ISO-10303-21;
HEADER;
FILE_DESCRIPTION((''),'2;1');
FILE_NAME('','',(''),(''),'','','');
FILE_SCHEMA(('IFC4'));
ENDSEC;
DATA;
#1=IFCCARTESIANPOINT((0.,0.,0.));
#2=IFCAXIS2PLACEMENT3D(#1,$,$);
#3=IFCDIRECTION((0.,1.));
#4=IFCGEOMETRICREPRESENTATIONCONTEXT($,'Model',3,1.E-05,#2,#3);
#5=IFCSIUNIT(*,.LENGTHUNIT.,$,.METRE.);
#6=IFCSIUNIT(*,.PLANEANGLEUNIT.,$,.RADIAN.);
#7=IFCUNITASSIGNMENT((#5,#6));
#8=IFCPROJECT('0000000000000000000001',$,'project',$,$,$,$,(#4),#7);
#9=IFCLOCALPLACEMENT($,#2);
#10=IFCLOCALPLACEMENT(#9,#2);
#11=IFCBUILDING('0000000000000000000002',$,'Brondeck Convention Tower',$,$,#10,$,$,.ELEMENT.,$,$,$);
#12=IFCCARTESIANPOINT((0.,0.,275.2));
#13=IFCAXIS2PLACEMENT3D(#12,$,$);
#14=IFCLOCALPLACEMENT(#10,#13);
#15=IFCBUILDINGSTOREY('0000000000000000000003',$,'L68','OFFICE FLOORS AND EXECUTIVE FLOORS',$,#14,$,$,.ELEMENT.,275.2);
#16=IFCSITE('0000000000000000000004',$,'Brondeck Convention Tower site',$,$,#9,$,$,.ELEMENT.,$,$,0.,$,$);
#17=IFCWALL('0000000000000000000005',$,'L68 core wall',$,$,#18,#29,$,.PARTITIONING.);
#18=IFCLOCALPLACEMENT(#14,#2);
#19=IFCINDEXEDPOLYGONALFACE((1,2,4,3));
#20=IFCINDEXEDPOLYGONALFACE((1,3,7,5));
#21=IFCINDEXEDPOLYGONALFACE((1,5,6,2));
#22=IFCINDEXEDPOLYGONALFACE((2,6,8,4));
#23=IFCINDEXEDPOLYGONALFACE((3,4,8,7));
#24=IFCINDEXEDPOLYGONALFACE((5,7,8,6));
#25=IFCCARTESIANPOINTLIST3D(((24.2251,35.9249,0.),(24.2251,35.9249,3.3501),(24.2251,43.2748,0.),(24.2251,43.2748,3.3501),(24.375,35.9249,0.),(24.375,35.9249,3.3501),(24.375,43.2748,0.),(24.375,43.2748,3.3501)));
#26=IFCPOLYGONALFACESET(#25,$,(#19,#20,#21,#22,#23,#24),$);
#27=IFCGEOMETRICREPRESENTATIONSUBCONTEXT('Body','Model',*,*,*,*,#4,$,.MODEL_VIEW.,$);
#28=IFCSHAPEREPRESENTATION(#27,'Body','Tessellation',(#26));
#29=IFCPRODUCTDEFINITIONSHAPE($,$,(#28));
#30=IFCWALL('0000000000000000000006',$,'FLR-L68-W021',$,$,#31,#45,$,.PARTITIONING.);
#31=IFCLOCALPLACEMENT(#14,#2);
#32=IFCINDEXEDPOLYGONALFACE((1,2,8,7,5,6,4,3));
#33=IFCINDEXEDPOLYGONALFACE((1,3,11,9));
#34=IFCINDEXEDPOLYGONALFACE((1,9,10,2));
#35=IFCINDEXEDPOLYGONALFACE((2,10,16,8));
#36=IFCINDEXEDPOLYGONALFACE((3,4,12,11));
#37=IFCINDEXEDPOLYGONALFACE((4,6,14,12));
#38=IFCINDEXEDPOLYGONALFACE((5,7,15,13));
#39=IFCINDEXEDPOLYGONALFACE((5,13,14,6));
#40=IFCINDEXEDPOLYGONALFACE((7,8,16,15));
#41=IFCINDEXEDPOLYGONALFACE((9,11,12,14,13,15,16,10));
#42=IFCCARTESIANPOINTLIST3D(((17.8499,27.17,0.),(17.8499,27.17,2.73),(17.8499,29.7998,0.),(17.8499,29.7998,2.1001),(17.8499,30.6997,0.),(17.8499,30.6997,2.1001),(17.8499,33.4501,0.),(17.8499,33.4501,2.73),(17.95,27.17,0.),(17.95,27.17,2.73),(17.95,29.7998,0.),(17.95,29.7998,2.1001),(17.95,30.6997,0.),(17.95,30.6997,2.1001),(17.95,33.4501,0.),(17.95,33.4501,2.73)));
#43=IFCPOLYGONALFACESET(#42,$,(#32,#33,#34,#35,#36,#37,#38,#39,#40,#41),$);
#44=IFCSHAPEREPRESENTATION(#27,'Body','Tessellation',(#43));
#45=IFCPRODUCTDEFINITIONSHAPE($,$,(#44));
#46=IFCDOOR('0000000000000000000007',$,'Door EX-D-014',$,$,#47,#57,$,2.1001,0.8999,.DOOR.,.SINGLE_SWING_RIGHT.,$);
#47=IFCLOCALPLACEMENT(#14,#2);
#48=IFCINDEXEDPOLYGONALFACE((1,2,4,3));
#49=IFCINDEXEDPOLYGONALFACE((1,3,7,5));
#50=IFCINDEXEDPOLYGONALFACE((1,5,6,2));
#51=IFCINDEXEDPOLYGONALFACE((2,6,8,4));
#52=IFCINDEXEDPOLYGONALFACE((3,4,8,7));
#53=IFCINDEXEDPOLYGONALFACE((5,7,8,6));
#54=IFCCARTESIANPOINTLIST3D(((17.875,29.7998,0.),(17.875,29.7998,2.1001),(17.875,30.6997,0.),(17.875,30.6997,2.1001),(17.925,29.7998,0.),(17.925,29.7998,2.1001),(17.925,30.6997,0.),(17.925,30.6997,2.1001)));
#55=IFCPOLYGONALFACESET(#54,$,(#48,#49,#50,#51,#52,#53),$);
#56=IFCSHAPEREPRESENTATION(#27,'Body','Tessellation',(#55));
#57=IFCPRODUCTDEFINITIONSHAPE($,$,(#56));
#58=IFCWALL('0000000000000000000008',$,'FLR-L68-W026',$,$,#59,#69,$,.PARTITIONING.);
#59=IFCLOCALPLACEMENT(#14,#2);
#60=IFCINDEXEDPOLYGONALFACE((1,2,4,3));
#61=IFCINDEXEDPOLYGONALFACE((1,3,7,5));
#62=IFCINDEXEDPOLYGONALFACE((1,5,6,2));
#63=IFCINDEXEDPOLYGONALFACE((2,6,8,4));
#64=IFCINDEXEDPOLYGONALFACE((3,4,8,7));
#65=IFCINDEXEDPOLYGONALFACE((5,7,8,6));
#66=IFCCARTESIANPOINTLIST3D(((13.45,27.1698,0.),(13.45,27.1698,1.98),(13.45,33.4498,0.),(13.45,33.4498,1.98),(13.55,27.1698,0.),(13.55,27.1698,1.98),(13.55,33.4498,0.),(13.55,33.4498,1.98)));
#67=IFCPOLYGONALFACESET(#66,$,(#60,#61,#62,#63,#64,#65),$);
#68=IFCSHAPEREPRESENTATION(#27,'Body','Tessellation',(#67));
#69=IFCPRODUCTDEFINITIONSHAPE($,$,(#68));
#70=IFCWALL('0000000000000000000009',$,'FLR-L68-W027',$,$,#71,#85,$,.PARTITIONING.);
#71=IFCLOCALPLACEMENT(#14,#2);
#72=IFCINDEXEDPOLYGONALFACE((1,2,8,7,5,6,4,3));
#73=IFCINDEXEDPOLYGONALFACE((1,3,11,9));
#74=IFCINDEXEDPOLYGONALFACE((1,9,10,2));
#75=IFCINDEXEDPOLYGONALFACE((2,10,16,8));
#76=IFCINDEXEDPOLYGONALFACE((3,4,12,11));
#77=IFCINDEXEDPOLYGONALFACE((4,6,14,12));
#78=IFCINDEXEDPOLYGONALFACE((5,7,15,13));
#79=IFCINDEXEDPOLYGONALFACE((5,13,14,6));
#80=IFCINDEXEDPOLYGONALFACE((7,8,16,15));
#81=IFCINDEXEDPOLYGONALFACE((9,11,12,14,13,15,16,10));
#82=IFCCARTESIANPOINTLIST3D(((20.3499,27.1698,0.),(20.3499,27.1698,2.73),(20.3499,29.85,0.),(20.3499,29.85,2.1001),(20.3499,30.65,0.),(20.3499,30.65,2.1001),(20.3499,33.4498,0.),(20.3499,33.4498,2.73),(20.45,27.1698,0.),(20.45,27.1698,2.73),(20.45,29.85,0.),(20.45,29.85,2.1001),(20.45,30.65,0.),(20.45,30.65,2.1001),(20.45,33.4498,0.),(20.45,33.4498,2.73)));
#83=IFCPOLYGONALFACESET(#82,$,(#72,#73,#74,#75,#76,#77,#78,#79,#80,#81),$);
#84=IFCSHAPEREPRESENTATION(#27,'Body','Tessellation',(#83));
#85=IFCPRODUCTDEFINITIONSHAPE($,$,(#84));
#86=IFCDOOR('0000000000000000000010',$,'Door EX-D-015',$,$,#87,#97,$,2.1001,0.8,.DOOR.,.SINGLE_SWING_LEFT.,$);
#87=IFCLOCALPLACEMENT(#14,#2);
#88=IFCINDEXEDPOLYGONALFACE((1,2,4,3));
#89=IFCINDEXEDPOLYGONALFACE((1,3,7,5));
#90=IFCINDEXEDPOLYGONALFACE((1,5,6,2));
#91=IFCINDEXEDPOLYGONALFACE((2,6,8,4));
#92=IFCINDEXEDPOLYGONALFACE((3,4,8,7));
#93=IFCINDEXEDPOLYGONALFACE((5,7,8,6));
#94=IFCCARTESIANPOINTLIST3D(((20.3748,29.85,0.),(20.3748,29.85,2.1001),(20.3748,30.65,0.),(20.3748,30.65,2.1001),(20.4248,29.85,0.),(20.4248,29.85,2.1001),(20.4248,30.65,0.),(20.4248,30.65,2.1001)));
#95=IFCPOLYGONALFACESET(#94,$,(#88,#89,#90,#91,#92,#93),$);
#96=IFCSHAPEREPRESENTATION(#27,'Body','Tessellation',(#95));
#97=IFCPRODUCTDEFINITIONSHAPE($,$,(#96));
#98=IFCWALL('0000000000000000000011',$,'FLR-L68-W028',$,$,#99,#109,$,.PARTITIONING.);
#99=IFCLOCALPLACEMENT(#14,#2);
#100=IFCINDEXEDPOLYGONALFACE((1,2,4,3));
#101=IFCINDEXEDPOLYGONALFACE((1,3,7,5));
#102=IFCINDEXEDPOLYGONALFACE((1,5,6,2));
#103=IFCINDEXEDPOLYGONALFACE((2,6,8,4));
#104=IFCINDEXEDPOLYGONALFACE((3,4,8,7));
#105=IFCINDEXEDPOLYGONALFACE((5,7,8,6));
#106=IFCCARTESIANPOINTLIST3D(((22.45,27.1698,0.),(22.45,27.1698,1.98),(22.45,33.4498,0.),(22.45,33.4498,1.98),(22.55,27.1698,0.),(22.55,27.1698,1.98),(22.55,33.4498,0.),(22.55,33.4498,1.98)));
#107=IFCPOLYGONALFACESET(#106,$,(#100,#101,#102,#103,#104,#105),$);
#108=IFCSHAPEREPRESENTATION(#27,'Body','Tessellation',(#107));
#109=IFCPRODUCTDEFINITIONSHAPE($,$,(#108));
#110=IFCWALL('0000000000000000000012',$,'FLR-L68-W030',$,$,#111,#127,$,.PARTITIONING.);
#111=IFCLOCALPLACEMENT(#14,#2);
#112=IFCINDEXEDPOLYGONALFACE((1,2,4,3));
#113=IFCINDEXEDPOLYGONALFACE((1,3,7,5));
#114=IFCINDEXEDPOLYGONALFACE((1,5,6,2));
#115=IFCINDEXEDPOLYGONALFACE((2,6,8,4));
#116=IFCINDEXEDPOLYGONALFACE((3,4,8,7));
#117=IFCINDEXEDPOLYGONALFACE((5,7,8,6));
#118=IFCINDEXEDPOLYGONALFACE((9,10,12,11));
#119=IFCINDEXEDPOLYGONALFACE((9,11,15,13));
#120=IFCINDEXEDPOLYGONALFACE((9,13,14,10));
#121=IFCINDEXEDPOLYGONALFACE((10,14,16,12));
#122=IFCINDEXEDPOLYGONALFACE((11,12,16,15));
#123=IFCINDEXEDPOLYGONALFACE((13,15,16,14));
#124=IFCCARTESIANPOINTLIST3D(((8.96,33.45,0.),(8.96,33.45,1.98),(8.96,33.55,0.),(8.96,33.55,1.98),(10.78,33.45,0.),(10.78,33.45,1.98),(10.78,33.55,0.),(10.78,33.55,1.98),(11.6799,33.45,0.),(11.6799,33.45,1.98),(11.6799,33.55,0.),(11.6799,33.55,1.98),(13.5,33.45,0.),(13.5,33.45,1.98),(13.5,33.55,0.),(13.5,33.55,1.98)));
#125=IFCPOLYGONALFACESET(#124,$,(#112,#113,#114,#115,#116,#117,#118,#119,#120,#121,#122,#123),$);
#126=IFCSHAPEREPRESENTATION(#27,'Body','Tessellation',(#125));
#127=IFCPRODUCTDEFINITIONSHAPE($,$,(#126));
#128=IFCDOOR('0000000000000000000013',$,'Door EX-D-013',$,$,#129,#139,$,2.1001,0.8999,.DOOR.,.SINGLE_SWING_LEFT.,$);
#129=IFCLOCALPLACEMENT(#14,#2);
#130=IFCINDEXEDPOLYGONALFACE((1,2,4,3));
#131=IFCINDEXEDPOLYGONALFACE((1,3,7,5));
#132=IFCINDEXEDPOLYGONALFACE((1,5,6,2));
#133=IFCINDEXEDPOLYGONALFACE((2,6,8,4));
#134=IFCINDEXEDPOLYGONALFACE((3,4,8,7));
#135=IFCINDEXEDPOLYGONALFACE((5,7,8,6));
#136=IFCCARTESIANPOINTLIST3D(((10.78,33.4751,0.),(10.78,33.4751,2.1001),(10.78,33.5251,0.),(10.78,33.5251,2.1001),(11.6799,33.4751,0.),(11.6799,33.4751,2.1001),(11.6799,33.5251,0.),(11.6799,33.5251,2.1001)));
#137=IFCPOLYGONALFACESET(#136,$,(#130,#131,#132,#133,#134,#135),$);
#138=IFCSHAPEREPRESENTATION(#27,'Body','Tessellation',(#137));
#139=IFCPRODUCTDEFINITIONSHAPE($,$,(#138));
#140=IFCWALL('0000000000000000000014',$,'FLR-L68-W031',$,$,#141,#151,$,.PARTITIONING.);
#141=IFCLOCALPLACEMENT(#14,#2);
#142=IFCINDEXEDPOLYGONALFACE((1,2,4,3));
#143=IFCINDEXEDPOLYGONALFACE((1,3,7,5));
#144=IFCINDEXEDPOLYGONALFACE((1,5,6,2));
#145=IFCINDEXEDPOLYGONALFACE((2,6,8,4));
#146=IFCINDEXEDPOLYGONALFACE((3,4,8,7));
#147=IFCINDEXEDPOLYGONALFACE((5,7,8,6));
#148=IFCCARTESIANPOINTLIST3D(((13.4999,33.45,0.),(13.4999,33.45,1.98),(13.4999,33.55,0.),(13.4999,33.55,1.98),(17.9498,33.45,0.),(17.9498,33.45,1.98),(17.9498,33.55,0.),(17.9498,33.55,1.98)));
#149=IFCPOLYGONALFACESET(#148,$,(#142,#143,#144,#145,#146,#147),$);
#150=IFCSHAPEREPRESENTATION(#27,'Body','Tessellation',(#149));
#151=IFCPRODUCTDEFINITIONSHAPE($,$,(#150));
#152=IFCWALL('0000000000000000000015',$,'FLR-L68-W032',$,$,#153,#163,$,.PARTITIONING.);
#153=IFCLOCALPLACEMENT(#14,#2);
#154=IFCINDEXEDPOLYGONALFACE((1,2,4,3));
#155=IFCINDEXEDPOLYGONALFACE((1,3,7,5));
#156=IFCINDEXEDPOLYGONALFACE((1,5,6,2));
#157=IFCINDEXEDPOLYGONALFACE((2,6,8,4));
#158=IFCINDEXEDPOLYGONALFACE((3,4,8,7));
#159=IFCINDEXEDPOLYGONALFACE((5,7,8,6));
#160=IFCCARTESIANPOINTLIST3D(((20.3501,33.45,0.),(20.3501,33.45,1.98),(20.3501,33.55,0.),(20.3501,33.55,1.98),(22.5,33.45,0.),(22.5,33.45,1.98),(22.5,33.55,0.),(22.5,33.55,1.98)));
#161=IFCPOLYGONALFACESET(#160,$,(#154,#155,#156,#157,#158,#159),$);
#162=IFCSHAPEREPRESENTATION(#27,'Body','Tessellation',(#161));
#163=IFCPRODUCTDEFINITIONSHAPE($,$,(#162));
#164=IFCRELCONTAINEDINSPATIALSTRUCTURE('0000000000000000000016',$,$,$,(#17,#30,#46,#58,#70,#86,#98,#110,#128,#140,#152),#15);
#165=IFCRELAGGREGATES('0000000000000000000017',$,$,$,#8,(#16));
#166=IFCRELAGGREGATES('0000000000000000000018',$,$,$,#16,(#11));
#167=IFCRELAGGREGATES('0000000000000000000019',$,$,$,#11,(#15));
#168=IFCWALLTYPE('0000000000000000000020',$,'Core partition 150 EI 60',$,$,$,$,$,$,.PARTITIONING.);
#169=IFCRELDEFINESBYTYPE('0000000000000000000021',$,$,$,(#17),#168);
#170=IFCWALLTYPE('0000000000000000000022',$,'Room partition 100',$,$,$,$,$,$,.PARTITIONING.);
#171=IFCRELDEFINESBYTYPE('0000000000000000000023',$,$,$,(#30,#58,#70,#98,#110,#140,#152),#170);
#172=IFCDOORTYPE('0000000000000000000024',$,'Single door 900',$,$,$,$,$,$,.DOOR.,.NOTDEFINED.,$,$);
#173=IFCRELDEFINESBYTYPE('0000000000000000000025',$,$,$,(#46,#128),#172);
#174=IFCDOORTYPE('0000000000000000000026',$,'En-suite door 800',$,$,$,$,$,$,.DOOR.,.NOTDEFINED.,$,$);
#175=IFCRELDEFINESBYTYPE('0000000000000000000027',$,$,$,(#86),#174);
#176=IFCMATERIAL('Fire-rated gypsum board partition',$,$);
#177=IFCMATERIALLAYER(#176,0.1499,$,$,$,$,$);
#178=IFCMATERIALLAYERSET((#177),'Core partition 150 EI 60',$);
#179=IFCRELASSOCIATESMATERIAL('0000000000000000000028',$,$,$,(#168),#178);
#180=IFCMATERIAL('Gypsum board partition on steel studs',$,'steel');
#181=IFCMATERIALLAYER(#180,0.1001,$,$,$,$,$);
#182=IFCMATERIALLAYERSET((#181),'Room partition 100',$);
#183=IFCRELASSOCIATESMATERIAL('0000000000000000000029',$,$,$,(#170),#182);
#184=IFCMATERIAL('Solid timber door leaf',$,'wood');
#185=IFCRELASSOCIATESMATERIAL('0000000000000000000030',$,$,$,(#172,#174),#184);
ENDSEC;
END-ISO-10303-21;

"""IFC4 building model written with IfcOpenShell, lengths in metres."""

from ifc_helpers import new_model, si_unit, direction, frame, frame_2d, origin, place, context, subcontext, project, spatial, rectangle, extrude, material, layer, layer_set, type_object, element, fill, save


model = new_model("IFC4")

# Units and contexts
model_context = context("Model", 3, precision=1e-05, world=origin(), true_north=direction((0.0, 1.0)))
body_context = subcontext(model_context, "Body", "Model", "MODEL_VIEW")
ifc_project = project(units=[si_unit("LENGTHUNIT", "METRE"), si_unit("PLANEANGLEUNIT", "RADIAN")], contexts=[model_context])

# Site, building, storey
site_placement = place(None, origin())
site = spatial("IfcSite", under=ifc_project, at=site_placement, Name="Brondeck Convention Tower site", CompositionType="ELEMENT", RefElevation=0.0)
building_placement = place(site_placement, origin())
building = spatial("IfcBuilding", under=site, at=building_placement, Name="Brondeck Convention Tower", CompositionType="ELEMENT")
storey_placement = place(building_placement, frame((0.0, 0.0, 275.2)))
storey = spatial("IfcBuildingStorey", under=building, at=storey_placement, Name="L68", Description="OFFICE FLOORS AND EXECUTIVE FLOORS", CompositionType="ELEMENT", Elevation=275.2)

# Wall
ifc_material_1 = material(Name="Fire-rated gypsum board partition")
ifc_layer_1 = layer(ifc_material_1, 0.1499)
ifc_layer_set_1 = layer_set([ifc_layer_1], Name="Core partition 150 EI 60")
wall_type_1 = type_object("IfcWallType", Name="Core partition 150 EI 60", PredefinedType="PARTITIONING", material=ifc_layer_set_1)
wall_1_placement = place(storey_placement, frame((24.3, 35.925, 0.0), z_axis=(0.0, 0.0, 1.0), x_axis=(0.0, 1.0, 0.0)))
element("IfcWall", 1, at=wall_1_placement, inside=storey, type_object=wall_type_1, Name="L68 core wall", PredefinedType="PARTITIONING", context=body_context, shape_type="SweptSolid", body=[
    extrude(rectangle(XDim=7.3499, YDim=0.1499, at=frame_2d((3.6748, 0.0))), origin(), (0.0, 0.0, 1.0), 3.3501),
])

# Wall, opening, door
ifc_material_2 = material(Name="Gypsum board partition on steel studs", Category="steel")
ifc_layer_2 = layer(ifc_material_2, 0.1001)
ifc_layer_set_2 = layer_set([ifc_layer_2], Name="Room partition 100")
wall_type_2 = type_object("IfcWallType", Name="Room partition 100", PredefinedType="PARTITIONING", material=ifc_layer_set_2)
wall_2_placement = place(storey_placement, frame((17.8999, 27.1699, 0.0), z_axis=(0.0, 0.0, 1.0), x_axis=(0.0, 1.0, 0.0)))
wall_2 = element("IfcWall", 2, at=wall_2_placement, inside=storey, type_object=wall_type_2, Name="FLR-L68-W021", PredefinedType="PARTITIONING", context=body_context, shape_type="SweptSolid", body=[
    extrude(rectangle(XDim=6.28, YDim=0.1001, at=frame_2d((3.1401, 0.0))), origin(), (0.0, 0.0, 1.0), 2.73),
])
opening_1_placement = place(wall_2_placement, frame((2.6299, 0.0, 0.0)))
opening_1 = element("IfcOpeningElement", 3, at=opening_1_placement, cuts=wall_2, PredefinedType="OPENING", context=body_context, shape_type="SweptSolid", body=[
    extrude(rectangle(XDim=0.8999, YDim=2.1001, at=frame_2d((0.45, 1.05))), frame((0.0, 0.0601, 0.0), z_axis=(0.0, -1.0, 0.0), x_axis=(1.0, 0.0, 0.0)), (0.0, 0.0, 1.0), 0.1201),
])
ifc_material_3 = material(Name="Solid timber door leaf", Category="wood")
door_type_1 = type_object("IfcDoorType", Name="Single door 900", OperationType="NOTDEFINED", PredefinedType="DOOR", material=ifc_material_3)
door_1_placement = place(opening_1_placement, origin())
door_1 = element("IfcDoor", 4, at=door_1_placement, inside=storey, type_object=door_type_1, Name="Door EX-D-014", OperationType="SINGLE_SWING_RIGHT", OverallHeight=2.1001, OverallWidth=0.8999, PredefinedType="DOOR", context=body_context, shape_type="SweptSolid", body=[
    extrude(rectangle(XDim=0.8999, YDim=2.1001, at=frame_2d((0.45, 1.05))), frame((0.0, 0.0249, 0.0), z_axis=(0.0, -1.0, 0.0), x_axis=(1.0, 0.0, 0.0)), (0.0, 0.0, 1.0), 0.05),
])
fill(opening_1, door_1)

# Wall
wall_3_placement = place(storey_placement, frame((13.5, 33.45, 0.0), z_axis=(0.0, 0.0, 1.0), x_axis=(0.0, -1.0, 0.0)))
element("IfcWall", 5, at=wall_3_placement, inside=storey, type_object=wall_type_2, Name="FLR-L68-W026", PredefinedType="PARTITIONING", context=body_context, shape_type="SweptSolid", body=[
    extrude(rectangle(XDim=6.28, YDim=0.1001, at=frame_2d((3.1401, 0.0))), origin(), (0.0, 0.0, 1.0), 1.98),
])

# Wall, opening, door
wall_4_placement = place(storey_placement, frame((20.3999, 33.45, 0.0), z_axis=(0.0, 0.0, 1.0), x_axis=(0.0, -1.0, 0.0)))
wall_4 = element("IfcWall", 6, at=wall_4_placement, inside=storey, type_object=wall_type_2, Name="FLR-L68-W027", PredefinedType="PARTITIONING", context=body_context, shape_type="SweptSolid", body=[
    extrude(rectangle(XDim=6.28, YDim=0.1001, at=frame_2d((3.1401, 0.0))), origin(), (0.0, 0.0, 1.0), 2.73),
])
opening_2_placement = place(wall_4_placement, frame((2.8, 0.0, 0.0)))
opening_2 = element("IfcOpeningElement", 7, at=opening_2_placement, cuts=wall_4, PredefinedType="OPENING", context=body_context, shape_type="SweptSolid", body=[
    extrude(rectangle(XDim=0.8, YDim=2.1001, at=frame_2d((0.3999, 1.05))), frame((0.0, 0.0601, 0.0), z_axis=(0.0, -1.0, 0.0), x_axis=(1.0, 0.0, 0.0)), (0.0, 0.0, 1.0), 0.1201),
])
door_type_2 = type_object("IfcDoorType", Name="En-suite door 800", OperationType="NOTDEFINED", PredefinedType="DOOR", material=ifc_material_3)
door_2_placement = place(opening_2_placement, origin())
door_2 = element("IfcDoor", 8, at=door_2_placement, inside=storey, type_object=door_type_2, Name="Door EX-D-015", OperationType="SINGLE_SWING_LEFT", OverallHeight=2.1001, OverallWidth=0.8, PredefinedType="DOOR", context=body_context, shape_type="SweptSolid", body=[
    extrude(rectangle(XDim=0.8, YDim=2.1001, at=frame_2d((0.3999, 1.05))), frame((0.0, 0.0249, 0.0), z_axis=(0.0, -1.0, 0.0), x_axis=(1.0, 0.0, 0.0)), (0.0, 0.0, 1.0), 0.05),
])
fill(opening_2, door_2)

# Wall
wall_5_placement = place(storey_placement, frame((22.5, 33.45, 0.0), z_axis=(0.0, 0.0, 1.0), x_axis=(0.0, -1.0, 0.0)))
element("IfcWall", 9, at=wall_5_placement, inside=storey, type_object=wall_type_2, Name="FLR-L68-W028", PredefinedType="PARTITIONING", context=body_context, shape_type="SweptSolid", body=[
    extrude(rectangle(XDim=6.28, YDim=0.1001, at=frame_2d((3.1401, 0.0))), origin(), (0.0, 0.0, 1.0), 1.98),
])

# Wall, opening, door
wall_6_placement = place(storey_placement, frame((13.5, 33.5, 0.0), z_axis=(0.0, 0.0, 1.0), x_axis=(-1.0, 0.0, 0.0)))
wall_6 = element("IfcWall", 10, at=wall_6_placement, inside=storey, type_object=wall_type_2, Name="FLR-L68-W030", PredefinedType="PARTITIONING", context=body_context, shape_type="SweptSolid", body=[
    extrude(rectangle(XDim=4.54, YDim=0.1001, at=frame_2d((2.27, 0.0))), origin(), (0.0, 0.0, 1.0), 1.98),
])
opening_3_placement = place(wall_6_placement, frame((1.8201, 0.0, 0.0)))
opening_3 = element("IfcOpeningElement", 11, at=opening_3_placement, cuts=wall_6, PredefinedType="OPENING", context=body_context, shape_type="SweptSolid", body=[
    extrude(rectangle(XDim=0.8999, YDim=2.1001, at=frame_2d((0.45, 1.05))), frame((0.0, 0.0601, 0.0), z_axis=(0.0, -1.0, 0.0), x_axis=(1.0, 0.0, 0.0)), (0.0, 0.0, 1.0), 0.1201),
])
door_3_placement = place(opening_3_placement, origin())
door_3 = element("IfcDoor", 12, at=door_3_placement, inside=storey, type_object=door_type_1, Name="Door EX-D-013", OperationType="SINGLE_SWING_LEFT", OverallHeight=2.1001, OverallWidth=0.8999, PredefinedType="DOOR", context=body_context, shape_type="SweptSolid", body=[
    extrude(rectangle(XDim=0.8999, YDim=2.1001, at=frame_2d((0.45, 1.05))), frame((0.0, 0.0249, 0.0), z_axis=(0.0, -1.0, 0.0), x_axis=(1.0, 0.0, 0.0)), (0.0, 0.0, 1.0), 0.05),
])
fill(opening_3, door_3)

# Walls
wall_7_placement = place(storey_placement, frame((17.95, 33.5, 0.0), z_axis=(0.0, 0.0, 1.0), x_axis=(-1.0, 0.0, 0.0)))
element("IfcWall", 13, at=wall_7_placement, inside=storey, type_object=wall_type_2, Name="FLR-L68-W031", PredefinedType="PARTITIONING", context=body_context, shape_type="SweptSolid", body=[
    extrude(rectangle(XDim=4.45, YDim=0.1001, at=frame_2d((2.2251, 0.0))), origin(), (0.0, 0.0, 1.0), 1.98),
])
wall_8_placement = place(storey_placement, frame((22.5, 33.5, 0.0), z_axis=(0.0, 0.0, 1.0), x_axis=(-1.0, 0.0, 0.0)))
element("IfcWall", 14, at=wall_8_placement, inside=storey, type_object=wall_type_2, Name="FLR-L68-W032", PredefinedType="PARTITIONING", context=body_context, shape_type="SweptSolid", body=[
    extrude(rectangle(XDim=2.1499, YDim=0.1001, at=frame_2d((1.075, 0.0))), origin(), (0.0, 0.0, 1.0), 1.98),
])

save(model, "model.ifc")
